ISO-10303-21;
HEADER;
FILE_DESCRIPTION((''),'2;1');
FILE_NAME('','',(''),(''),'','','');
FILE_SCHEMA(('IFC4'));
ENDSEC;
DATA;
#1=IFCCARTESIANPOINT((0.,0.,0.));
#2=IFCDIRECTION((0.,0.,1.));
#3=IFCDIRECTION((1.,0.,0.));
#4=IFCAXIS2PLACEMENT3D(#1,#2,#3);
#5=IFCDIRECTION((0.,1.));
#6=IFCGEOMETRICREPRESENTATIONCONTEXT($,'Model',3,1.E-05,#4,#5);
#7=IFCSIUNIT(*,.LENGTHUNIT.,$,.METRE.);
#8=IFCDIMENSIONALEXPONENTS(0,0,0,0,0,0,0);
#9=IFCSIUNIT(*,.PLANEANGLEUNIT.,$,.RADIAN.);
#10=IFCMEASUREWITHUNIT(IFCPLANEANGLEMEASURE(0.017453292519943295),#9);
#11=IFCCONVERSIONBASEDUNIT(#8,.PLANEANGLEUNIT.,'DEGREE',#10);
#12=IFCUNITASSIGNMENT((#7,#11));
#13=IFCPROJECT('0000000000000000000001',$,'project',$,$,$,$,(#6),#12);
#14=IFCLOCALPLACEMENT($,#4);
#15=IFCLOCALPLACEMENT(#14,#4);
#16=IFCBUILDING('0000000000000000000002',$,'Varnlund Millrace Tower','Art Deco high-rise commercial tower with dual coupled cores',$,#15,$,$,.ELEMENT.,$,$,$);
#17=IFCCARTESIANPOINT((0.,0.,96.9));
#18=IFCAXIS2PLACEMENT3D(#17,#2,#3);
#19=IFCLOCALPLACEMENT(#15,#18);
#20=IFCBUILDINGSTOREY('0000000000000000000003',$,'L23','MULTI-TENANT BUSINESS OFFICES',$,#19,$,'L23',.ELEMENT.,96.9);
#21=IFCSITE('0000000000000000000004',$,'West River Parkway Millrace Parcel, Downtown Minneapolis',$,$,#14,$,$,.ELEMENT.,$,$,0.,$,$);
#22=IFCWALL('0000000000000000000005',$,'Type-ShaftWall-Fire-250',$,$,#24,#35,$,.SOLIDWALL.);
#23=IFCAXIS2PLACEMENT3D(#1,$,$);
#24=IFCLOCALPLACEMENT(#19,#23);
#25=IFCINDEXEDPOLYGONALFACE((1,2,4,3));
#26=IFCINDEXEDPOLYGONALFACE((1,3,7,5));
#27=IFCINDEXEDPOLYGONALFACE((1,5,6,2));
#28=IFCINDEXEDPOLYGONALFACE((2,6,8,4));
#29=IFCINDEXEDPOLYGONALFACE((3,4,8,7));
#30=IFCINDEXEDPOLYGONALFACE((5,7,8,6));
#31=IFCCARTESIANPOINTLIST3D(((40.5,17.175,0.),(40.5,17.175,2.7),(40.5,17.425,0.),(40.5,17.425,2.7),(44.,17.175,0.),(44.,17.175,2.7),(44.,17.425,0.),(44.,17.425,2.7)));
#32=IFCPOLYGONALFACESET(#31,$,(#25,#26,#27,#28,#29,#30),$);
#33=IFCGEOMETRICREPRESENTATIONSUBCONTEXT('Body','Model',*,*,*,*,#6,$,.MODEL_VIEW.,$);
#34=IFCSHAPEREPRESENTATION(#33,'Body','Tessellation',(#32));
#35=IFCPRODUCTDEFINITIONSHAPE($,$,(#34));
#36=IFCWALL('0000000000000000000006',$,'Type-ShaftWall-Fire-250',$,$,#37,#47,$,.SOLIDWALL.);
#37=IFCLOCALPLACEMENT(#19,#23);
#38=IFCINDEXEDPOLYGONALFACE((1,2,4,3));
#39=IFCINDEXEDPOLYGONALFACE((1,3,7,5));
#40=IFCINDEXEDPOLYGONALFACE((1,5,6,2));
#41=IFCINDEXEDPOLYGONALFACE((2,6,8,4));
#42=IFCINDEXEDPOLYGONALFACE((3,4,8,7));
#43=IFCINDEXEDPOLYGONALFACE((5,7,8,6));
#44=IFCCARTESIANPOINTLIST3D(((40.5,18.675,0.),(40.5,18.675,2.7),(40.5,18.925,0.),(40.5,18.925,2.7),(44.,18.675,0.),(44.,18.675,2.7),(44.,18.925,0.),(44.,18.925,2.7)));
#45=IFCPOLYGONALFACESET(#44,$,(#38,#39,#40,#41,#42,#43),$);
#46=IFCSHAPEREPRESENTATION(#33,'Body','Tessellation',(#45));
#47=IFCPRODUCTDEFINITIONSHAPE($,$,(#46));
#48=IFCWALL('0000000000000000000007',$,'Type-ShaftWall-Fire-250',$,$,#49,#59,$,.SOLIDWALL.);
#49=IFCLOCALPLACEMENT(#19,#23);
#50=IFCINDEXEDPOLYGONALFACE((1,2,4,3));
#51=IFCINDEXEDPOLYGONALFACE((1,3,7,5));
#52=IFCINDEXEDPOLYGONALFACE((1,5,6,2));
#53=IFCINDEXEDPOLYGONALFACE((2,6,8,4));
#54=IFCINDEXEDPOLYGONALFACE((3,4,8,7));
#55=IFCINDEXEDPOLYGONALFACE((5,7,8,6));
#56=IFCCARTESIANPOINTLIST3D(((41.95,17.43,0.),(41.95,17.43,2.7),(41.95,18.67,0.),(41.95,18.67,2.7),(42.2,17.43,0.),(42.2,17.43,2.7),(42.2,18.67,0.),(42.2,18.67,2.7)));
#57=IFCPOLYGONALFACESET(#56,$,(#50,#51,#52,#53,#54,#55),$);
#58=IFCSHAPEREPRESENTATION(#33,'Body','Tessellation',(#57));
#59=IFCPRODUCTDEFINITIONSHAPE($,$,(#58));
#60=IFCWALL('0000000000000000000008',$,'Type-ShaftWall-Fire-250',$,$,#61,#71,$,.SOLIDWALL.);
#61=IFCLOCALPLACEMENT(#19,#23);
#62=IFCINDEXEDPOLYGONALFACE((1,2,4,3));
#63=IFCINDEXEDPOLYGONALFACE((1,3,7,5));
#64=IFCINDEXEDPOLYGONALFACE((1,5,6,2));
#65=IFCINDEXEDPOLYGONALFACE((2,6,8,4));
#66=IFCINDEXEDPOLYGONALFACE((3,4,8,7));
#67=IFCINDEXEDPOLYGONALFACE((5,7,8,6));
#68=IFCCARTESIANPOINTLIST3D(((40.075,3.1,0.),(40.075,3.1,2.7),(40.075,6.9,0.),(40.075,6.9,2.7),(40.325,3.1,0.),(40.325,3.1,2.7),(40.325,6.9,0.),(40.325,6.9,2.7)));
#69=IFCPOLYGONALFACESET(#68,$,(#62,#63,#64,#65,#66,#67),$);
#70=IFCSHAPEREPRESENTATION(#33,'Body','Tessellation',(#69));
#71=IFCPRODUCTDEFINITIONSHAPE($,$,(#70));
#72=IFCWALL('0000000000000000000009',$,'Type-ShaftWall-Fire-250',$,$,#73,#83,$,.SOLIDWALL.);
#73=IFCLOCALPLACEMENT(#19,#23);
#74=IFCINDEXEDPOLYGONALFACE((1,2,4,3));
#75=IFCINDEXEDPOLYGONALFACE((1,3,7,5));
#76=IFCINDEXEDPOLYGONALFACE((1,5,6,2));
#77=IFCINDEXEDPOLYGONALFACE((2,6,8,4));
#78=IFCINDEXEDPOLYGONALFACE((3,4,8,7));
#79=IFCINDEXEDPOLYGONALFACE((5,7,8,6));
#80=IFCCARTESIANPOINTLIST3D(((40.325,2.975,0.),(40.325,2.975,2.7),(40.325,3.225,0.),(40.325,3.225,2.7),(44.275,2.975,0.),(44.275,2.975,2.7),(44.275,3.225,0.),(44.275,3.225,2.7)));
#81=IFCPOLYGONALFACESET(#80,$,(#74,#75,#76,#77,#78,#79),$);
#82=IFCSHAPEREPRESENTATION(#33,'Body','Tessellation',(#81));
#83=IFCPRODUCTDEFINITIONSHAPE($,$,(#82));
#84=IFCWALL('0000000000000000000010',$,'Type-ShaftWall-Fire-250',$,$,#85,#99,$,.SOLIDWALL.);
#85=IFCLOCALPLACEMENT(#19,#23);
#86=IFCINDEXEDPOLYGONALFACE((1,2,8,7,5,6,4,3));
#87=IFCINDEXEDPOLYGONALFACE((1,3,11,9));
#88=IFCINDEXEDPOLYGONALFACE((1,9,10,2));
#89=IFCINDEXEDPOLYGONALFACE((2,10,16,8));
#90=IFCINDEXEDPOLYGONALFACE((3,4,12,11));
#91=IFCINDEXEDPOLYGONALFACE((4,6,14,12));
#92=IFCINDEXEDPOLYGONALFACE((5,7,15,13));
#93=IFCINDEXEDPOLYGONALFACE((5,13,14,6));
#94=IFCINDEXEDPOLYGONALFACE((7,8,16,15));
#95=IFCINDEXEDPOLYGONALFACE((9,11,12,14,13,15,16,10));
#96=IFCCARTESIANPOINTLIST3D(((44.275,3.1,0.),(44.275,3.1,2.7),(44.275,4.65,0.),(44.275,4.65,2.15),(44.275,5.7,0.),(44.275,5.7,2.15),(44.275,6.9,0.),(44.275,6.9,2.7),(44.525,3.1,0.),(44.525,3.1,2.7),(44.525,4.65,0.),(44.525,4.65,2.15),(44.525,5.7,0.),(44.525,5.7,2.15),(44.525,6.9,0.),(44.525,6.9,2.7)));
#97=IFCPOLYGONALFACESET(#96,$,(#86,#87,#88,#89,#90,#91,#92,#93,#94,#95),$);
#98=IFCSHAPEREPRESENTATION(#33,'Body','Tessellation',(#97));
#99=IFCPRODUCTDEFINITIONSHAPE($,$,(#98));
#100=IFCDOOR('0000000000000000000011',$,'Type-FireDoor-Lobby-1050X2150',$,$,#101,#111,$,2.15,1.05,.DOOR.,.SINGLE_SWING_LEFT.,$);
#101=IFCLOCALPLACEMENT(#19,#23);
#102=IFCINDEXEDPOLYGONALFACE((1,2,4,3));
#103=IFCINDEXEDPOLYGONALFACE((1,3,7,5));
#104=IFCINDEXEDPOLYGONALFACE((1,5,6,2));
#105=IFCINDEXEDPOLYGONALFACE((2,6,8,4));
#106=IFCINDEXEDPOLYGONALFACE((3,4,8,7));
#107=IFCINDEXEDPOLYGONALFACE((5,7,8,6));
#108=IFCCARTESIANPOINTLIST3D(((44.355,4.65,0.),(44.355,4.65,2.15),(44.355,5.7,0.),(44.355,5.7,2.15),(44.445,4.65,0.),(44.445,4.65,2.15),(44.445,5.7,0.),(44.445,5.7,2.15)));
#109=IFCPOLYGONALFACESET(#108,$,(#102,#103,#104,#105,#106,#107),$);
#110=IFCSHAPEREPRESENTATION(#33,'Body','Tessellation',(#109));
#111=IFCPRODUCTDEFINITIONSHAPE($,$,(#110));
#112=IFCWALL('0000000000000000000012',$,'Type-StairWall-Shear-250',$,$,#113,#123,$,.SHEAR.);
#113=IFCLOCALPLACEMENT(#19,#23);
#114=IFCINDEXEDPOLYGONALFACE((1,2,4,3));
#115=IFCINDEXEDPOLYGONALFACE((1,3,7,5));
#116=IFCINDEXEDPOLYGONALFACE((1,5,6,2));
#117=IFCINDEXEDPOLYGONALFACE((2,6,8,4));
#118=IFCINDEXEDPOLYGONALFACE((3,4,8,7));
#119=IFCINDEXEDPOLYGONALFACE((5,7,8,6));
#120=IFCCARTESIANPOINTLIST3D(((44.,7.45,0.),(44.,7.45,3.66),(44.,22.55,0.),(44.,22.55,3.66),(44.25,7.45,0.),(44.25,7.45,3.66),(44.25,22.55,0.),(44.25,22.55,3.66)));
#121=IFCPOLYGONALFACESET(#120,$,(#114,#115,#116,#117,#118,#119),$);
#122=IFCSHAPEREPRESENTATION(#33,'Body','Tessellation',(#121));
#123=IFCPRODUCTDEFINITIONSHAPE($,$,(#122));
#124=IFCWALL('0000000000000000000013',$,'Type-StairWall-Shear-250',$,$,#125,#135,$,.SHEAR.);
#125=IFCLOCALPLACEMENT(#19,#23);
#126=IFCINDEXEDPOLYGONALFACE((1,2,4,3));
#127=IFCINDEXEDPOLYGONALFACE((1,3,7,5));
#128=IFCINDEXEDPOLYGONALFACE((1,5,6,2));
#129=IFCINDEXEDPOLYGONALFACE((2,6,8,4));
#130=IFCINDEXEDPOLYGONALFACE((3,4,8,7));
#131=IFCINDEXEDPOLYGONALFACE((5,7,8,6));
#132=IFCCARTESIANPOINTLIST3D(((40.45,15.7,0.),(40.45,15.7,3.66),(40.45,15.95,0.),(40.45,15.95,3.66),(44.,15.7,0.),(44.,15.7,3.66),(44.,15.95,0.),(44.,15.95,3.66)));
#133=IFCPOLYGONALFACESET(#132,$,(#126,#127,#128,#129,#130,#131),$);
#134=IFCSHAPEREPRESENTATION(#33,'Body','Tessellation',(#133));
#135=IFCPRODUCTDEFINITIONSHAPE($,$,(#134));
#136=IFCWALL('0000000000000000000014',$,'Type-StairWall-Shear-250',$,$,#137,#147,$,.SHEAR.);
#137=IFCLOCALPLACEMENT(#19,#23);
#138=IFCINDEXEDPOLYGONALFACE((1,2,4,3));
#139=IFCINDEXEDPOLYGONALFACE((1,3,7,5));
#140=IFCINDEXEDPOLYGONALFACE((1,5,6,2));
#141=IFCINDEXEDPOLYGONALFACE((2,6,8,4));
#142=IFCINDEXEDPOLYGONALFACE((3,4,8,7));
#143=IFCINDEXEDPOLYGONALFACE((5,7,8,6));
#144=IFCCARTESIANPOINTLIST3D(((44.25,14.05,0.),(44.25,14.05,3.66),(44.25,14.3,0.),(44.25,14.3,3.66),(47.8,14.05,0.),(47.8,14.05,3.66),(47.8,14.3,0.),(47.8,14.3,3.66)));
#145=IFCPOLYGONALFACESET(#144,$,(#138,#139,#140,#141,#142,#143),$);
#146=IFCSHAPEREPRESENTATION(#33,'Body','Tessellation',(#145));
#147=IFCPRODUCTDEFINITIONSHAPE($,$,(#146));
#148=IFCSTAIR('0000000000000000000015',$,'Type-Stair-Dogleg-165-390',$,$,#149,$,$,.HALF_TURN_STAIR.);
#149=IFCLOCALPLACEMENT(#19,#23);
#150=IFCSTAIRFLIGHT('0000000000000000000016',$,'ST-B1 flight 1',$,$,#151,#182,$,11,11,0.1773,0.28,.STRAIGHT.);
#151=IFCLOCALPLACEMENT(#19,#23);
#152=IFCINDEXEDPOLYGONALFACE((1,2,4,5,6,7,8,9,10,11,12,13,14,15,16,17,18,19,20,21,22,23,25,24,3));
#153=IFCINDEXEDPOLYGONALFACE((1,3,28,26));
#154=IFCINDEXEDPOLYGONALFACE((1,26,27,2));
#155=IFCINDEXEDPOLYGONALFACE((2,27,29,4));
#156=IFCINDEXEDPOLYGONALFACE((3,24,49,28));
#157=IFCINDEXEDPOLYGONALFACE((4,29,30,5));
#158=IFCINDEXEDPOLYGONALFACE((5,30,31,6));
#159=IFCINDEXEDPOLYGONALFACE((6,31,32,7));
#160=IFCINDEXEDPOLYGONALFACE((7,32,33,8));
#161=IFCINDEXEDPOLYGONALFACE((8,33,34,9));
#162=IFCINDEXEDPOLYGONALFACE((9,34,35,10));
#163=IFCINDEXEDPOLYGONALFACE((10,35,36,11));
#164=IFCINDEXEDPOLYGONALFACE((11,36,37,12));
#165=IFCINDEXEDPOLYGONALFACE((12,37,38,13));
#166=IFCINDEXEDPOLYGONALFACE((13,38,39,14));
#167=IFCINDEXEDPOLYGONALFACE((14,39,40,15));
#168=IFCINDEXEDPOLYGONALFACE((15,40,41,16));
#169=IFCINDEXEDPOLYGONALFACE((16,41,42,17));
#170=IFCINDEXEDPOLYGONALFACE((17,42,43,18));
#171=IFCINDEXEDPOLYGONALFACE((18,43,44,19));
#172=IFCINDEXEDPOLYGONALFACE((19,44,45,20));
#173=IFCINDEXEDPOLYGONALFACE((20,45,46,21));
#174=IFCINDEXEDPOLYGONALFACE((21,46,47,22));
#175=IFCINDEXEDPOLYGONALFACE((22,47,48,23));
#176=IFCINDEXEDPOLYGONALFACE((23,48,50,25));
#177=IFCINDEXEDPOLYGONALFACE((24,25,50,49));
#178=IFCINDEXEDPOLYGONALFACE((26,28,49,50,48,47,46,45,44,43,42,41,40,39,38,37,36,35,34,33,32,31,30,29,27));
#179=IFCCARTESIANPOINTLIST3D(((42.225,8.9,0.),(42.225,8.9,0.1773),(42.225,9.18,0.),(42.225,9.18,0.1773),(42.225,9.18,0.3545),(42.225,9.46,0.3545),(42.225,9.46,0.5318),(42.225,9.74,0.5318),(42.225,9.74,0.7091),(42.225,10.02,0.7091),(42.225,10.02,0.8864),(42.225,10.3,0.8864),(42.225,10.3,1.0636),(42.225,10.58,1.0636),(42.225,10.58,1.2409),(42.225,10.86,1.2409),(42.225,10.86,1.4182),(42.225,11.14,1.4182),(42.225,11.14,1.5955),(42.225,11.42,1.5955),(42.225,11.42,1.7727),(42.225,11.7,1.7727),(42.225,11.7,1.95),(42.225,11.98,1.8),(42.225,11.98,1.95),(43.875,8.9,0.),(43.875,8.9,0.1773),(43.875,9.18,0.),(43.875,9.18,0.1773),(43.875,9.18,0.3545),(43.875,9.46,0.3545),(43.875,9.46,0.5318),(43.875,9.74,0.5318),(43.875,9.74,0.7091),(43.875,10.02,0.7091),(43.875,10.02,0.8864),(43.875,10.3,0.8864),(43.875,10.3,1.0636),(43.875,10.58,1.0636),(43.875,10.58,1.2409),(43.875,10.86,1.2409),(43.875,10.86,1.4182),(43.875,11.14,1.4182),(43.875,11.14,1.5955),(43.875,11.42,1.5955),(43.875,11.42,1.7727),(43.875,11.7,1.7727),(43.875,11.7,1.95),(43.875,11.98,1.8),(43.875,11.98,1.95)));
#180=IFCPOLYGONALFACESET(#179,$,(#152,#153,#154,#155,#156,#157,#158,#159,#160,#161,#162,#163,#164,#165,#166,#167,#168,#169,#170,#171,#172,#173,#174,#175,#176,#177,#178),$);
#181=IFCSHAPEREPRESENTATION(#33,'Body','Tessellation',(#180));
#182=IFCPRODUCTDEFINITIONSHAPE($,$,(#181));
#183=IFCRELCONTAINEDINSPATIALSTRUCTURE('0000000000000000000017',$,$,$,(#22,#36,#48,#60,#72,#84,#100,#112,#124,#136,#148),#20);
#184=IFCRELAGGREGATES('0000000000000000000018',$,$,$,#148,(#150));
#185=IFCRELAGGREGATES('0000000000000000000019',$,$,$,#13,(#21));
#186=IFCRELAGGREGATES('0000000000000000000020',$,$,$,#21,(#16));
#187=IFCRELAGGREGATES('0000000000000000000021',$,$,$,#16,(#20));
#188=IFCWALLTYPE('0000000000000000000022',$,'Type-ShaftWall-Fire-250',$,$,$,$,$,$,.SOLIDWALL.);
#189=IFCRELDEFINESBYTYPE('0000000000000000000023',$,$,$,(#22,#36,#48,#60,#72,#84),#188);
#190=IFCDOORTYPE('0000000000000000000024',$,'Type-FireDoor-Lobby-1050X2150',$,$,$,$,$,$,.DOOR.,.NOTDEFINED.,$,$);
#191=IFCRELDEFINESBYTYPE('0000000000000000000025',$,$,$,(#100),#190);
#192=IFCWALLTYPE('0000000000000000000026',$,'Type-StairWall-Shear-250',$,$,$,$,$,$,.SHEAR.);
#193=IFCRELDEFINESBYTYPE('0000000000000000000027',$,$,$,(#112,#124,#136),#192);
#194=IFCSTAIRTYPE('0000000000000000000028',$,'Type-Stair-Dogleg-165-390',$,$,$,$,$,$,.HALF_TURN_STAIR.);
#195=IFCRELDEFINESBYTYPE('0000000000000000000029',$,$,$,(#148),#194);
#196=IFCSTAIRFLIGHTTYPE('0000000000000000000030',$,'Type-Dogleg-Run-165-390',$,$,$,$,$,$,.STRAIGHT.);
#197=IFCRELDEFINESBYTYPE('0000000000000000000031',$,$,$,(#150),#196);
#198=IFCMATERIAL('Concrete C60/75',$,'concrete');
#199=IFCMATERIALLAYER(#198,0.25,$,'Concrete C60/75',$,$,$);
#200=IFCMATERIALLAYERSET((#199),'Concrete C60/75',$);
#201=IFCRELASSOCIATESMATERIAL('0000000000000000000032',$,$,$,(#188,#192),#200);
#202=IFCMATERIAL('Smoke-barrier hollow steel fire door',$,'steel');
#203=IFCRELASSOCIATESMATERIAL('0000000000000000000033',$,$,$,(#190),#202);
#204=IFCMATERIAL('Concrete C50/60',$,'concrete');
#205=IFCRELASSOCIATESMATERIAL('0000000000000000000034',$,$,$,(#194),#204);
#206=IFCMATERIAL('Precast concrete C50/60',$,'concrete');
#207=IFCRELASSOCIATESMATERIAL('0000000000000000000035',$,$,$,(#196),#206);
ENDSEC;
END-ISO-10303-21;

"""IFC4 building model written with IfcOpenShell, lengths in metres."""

from ifc_helpers import new_model, entity, si_unit, converted_unit, direction, frame, origin_with_axes, origin_2d_with_axis, place, context, subcontext, project, spatial, polyline, rectangle, outline, extrude, material, layer, layer_set, type_object, element, fill, aggregate, save


model = new_model("IFC4")

# Units and contexts
model_context = context("Model", 3, precision=1e-05, world=origin_with_axes(), true_north=direction((0.0, 1.0)))
body_context = subcontext(model_context, "Body", "Model", "MODEL_VIEW")
ifc_project = project(units=[si_unit("LENGTHUNIT", "METRE"), converted_unit("PLANEANGLEUNIT", "DEGREE", entity("IfcPlaneAngleMeasure", 0.017453292519943295), si_unit("PLANEANGLEUNIT", "RADIAN"), dimensions=[0, 0, 0, 0, 0, 0, 0])], contexts=[model_context])

# Site, building, storey
site_placement = place(None, origin_with_axes())
site = spatial("IfcSite", under=ifc_project, at=site_placement, Name="West River Parkway Millrace Parcel, Downtown Minneapolis", CompositionType="ELEMENT", RefElevation=0.0)
building_placement = place(site_placement, origin_with_axes())
building = spatial("IfcBuilding", under=site, at=building_placement, Name="Varnlund Millrace Tower", Description="Art Deco high-rise commercial tower with dual coupled cores", CompositionType="ELEMENT")
storey_placement = place(building_placement, frame((0.0, 0.0, 96.9), z_axis=(0.0, 0.0, 1.0), x_axis=(1.0, 0.0, 0.0)))
storey = spatial("IfcBuildingStorey", under=building, at=storey_placement, Name="L23", Description="MULTI-TENANT BUSINESS OFFICES", LongName="L23", CompositionType="ELEMENT", Elevation=96.9)

# Walls
ifc_material_1 = material(Name="Concrete C60/75", Category="concrete")
ifc_layer_1 = layer(ifc_material_1, 0.25, Name="Concrete C60/75")
ifc_layer_set_1 = layer_set([ifc_layer_1], Name="Concrete C60/75")
wall_type_1 = type_object("IfcWallType", Name="Type-ShaftWall-Fire-250", PredefinedType="SOLIDWALL", material=ifc_layer_set_1)
for number, where, z_axis, x_axis, name in (
    (1, (40.5, 17.3, 0.0), (0.0, 0.0, 1.0), (1.0, 0.0, 0.0), "Type-ShaftWall-Fire-250"),
    (2, (40.5, 18.8, 0.0), (0.0, 0.0, 1.0), (1.0, 0.0, 0.0), "Type-ShaftWall-Fire-250"),
):
    element("IfcWall", number, at=place(storey_placement, frame(where, z_axis=z_axis, x_axis=x_axis)), inside=storey, type_object=wall_type_1, Name=name, PredefinedType="SOLIDWALL", context=body_context, shape_type="SweptSolid", body=[
        extrude(outline(polyline([(0.0, -0.125), (3.5, -0.125), (3.5, 0.125), (0.0, 0.125), (0.0, -0.125)])), origin_with_axes(), (0.0, 0.0, 1.0), 2.7),
    ])
wall_1_placement = place(storey_placement, frame((42.075, 17.43, 0.0), z_axis=(0.0, 0.0, 1.0), x_axis=(0.0, 1.0, 0.0)))
element("IfcWall", 3, at=wall_1_placement, inside=storey, type_object=wall_type_1, Name="Type-ShaftWall-Fire-250", PredefinedType="SOLIDWALL", context=body_context, shape_type="SweptSolid", body=[
    extrude(outline(polyline([(0.0, -0.125), (1.24, -0.125), (1.24, 0.125), (0.0, 0.125), (0.0, -0.125)])), origin_with_axes(), (0.0, 0.0, 1.0), 2.7),
])
wall_2_placement = place(storey_placement, frame((40.2, 3.1, 0.0), z_axis=(0.0, 0.0, 1.0), x_axis=(0.0, 1.0, 0.0)))
element("IfcWall", 4, at=wall_2_placement, inside=storey, type_object=wall_type_1, Name="Type-ShaftWall-Fire-250", PredefinedType="SOLIDWALL", context=body_context, shape_type="SweptSolid", body=[
    extrude(outline(polyline([(0.0, -0.125), (3.8, -0.125), (3.8, 0.125), (0.0, 0.125), (0.0, -0.125)])), origin_with_axes(), (0.0, 0.0, 1.0), 2.7),
])
wall_3_placement = place(storey_placement, frame((40.325, 3.1, 0.0), z_axis=(0.0, 0.0, 1.0), x_axis=(1.0, 0.0, 0.0)))
element("IfcWall", 5, at=wall_3_placement, inside=storey, type_object=wall_type_1, Name="Type-ShaftWall-Fire-250", PredefinedType="SOLIDWALL", context=body_context, shape_type="SweptSolid", body=[
    extrude(outline(polyline([(0.0, -0.125), (3.95, -0.125), (3.95, 0.125), (0.0, 0.125), (0.0, -0.125)])), origin_with_axes(), (0.0, 0.0, 1.0), 2.7),
])

# Wall, opening, door
wall_4_placement = place(storey_placement, frame((44.4, 3.1, 0.0), z_axis=(0.0, 0.0, 1.0), x_axis=(0.0, 1.0, 0.0)))
wall_4 = element("IfcWall", 6, at=wall_4_placement, inside=storey, type_object=wall_type_1, Name="Type-ShaftWall-Fire-250", PredefinedType="SOLIDWALL", context=body_context, shape_type="SweptSolid", body=[
    extrude(outline(polyline([(0.0, -0.125), (3.8, -0.125), (3.8, 0.125), (0.0, 0.125), (0.0, -0.125)])), origin_with_axes(), (0.0, 0.0, 1.0), 2.7),
])
opening_1_placement = place(wall_4_placement, frame((2.075, 0.0, 0.0), z_axis=(0.0, 0.0, 1.0), x_axis=(1.0, 0.0, 0.0)))
opening_1 = element("IfcOpeningElement", 7, at=opening_1_placement, cuts=wall_4, PredefinedType="OPENING", context=body_context, shape_type="SweptSolid", body=[
    extrude(rectangle(XDim=1.05, YDim=0.27, at=origin_2d_with_axis()), origin_with_axes(), (0.0, 0.0, 1.0), 2.15),
])
ifc_material_2 = material(Name="Smoke-barrier hollow steel fire door", Category="steel")
door_type_1 = type_object("IfcDoorType", Name="Type-FireDoor-Lobby-1050X2150", OperationType="NOTDEFINED", PredefinedType="DOOR", material=ifc_material_2)
door_1_placement = place(wall_4_placement, frame((2.075, 0.0, 0.0), z_axis=(0.0, 0.0, 1.0), x_axis=(1.0, 0.0, 0.0)))
door_1 = element("IfcDoor", 8, at=door_1_placement, inside=storey, type_object=door_type_1, Name="Type-FireDoor-Lobby-1050X2150", OperationType="SINGLE_SWING_LEFT", OverallHeight=2.15, OverallWidth=1.05, PredefinedType="DOOR", context=body_context, shape_type="SweptSolid", body=[
    extrude(rectangle(XDim=1.05, YDim=0.09, at=origin_2d_with_axis()), origin_with_axes(), (0.0, 0.0, 1.0), 2.15),
])
fill(opening_1, door_1)

# Walls
wall_type_2 = type_object("IfcWallType", Name="Type-StairWall-Shear-250", PredefinedType="SHEAR", material=ifc_layer_set_1)
wall_5_placement = place(storey_placement, frame((44.125, 7.45, 0.0), z_axis=(0.0, 0.0, 1.0), x_axis=(0.0, 1.0, 0.0)))
element("IfcWall", 9, at=wall_5_placement, inside=storey, type_object=wall_type_2, Name="Type-StairWall-Shear-250", PredefinedType="SHEAR", context=body_context, shape_type="SweptSolid", body=[
    extrude(outline(polyline([(0.0, -0.125), (15.1, -0.125), (15.1, 0.125), (0.0, 0.125), (0.0, -0.125)])), origin_with_axes(), (0.0, 0.0, 1.0), 3.66),
])
for number, where, z_axis, x_axis, name in (
    (10, (40.45, 15.825, 0.0), (0.0, 0.0, 1.0), (1.0, 0.0, 0.0), "Type-StairWall-Shear-250"),
    (11, (44.25, 14.175, 0.0), (0.0, 0.0, 1.0), (1.0, 0.0, 0.0), "Type-StairWall-Shear-250"),
):
    element("IfcWall", number, at=place(storey_placement, frame(where, z_axis=z_axis, x_axis=x_axis)), inside=storey, type_object=wall_type_2, Name=name, PredefinedType="SHEAR", context=body_context, shape_type="SweptSolid", body=[
        extrude(outline(polyline([(0.0, -0.125), (3.55, -0.125), (3.55, 0.125), (0.0, 0.125), (0.0, -0.125)])), origin_with_axes(), (0.0, 0.0, 1.0), 3.66),
    ])

# Stair, stair flight
ifc_material_3 = material(Name="Concrete C50/60", Category="concrete")
stair_type = type_object("IfcStairType", Name="Type-Stair-Dogleg-165-390", PredefinedType="HALF_TURN_STAIR", material=ifc_material_3)
stair_1_placement = place(storey_placement, origin_with_axes())
stair_1 = element("IfcStair", 12, at=stair_1_placement, inside=storey, type_object=stair_type, Name="Type-Stair-Dogleg-165-390", PredefinedType="HALF_TURN_STAIR")
ifc_material_4 = material(Name="Precast concrete C50/60", Category="concrete")
stair_flight_type = type_object("IfcStairFlightType", Name="Type-Dogleg-Run-165-390", PredefinedType="STRAIGHT", material=ifc_material_4)
stair_flight_1_placement = place(storey_placement, frame((42.225, 8.9, 0.0), z_axis=(1.0, 0.0, 0.0), x_axis=(0.0, 1.0, 0.0)))
stair_flight_1 = element("IfcStairFlight", 13, at=stair_flight_1_placement, type_object=stair_flight_type, Name="ST-B1 flight 1", NumberOfRisers=11, NumberOfTreads=11, PredefinedType="STRAIGHT", RiserHeight=0.1773, TreadLength=0.28, context=body_context, shape_type="SweptSolid", body=[
    extrude(outline(polyline([(0.0, 0.0), (0.0, 0.1773), (0.28, 0.1773), (0.28, 0.3545), (0.56, 0.3545), (0.56, 0.5318), (0.84, 0.5318), (0.84, 0.7091), (1.12, 0.7091), (1.12, 0.8864), (1.4, 0.8864), (1.4, 1.0636), (1.68, 1.0636), (1.68, 1.2409), (1.96, 1.2409), (1.96, 1.4182), (2.24, 1.4182), (2.24, 1.5955), (2.52, 1.5955), (2.52, 1.7727), (2.8, 1.7727), (2.8, 1.95), (3.08, 1.95), (3.08, 1.8), (0.28, 0.0), (0.0, 0.0)])), origin_with_axes(), (0.0, 0.0, 1.0), 1.65),
])
aggregate(stair_1, [stair_flight_1])

save(model, "model.ifc")
